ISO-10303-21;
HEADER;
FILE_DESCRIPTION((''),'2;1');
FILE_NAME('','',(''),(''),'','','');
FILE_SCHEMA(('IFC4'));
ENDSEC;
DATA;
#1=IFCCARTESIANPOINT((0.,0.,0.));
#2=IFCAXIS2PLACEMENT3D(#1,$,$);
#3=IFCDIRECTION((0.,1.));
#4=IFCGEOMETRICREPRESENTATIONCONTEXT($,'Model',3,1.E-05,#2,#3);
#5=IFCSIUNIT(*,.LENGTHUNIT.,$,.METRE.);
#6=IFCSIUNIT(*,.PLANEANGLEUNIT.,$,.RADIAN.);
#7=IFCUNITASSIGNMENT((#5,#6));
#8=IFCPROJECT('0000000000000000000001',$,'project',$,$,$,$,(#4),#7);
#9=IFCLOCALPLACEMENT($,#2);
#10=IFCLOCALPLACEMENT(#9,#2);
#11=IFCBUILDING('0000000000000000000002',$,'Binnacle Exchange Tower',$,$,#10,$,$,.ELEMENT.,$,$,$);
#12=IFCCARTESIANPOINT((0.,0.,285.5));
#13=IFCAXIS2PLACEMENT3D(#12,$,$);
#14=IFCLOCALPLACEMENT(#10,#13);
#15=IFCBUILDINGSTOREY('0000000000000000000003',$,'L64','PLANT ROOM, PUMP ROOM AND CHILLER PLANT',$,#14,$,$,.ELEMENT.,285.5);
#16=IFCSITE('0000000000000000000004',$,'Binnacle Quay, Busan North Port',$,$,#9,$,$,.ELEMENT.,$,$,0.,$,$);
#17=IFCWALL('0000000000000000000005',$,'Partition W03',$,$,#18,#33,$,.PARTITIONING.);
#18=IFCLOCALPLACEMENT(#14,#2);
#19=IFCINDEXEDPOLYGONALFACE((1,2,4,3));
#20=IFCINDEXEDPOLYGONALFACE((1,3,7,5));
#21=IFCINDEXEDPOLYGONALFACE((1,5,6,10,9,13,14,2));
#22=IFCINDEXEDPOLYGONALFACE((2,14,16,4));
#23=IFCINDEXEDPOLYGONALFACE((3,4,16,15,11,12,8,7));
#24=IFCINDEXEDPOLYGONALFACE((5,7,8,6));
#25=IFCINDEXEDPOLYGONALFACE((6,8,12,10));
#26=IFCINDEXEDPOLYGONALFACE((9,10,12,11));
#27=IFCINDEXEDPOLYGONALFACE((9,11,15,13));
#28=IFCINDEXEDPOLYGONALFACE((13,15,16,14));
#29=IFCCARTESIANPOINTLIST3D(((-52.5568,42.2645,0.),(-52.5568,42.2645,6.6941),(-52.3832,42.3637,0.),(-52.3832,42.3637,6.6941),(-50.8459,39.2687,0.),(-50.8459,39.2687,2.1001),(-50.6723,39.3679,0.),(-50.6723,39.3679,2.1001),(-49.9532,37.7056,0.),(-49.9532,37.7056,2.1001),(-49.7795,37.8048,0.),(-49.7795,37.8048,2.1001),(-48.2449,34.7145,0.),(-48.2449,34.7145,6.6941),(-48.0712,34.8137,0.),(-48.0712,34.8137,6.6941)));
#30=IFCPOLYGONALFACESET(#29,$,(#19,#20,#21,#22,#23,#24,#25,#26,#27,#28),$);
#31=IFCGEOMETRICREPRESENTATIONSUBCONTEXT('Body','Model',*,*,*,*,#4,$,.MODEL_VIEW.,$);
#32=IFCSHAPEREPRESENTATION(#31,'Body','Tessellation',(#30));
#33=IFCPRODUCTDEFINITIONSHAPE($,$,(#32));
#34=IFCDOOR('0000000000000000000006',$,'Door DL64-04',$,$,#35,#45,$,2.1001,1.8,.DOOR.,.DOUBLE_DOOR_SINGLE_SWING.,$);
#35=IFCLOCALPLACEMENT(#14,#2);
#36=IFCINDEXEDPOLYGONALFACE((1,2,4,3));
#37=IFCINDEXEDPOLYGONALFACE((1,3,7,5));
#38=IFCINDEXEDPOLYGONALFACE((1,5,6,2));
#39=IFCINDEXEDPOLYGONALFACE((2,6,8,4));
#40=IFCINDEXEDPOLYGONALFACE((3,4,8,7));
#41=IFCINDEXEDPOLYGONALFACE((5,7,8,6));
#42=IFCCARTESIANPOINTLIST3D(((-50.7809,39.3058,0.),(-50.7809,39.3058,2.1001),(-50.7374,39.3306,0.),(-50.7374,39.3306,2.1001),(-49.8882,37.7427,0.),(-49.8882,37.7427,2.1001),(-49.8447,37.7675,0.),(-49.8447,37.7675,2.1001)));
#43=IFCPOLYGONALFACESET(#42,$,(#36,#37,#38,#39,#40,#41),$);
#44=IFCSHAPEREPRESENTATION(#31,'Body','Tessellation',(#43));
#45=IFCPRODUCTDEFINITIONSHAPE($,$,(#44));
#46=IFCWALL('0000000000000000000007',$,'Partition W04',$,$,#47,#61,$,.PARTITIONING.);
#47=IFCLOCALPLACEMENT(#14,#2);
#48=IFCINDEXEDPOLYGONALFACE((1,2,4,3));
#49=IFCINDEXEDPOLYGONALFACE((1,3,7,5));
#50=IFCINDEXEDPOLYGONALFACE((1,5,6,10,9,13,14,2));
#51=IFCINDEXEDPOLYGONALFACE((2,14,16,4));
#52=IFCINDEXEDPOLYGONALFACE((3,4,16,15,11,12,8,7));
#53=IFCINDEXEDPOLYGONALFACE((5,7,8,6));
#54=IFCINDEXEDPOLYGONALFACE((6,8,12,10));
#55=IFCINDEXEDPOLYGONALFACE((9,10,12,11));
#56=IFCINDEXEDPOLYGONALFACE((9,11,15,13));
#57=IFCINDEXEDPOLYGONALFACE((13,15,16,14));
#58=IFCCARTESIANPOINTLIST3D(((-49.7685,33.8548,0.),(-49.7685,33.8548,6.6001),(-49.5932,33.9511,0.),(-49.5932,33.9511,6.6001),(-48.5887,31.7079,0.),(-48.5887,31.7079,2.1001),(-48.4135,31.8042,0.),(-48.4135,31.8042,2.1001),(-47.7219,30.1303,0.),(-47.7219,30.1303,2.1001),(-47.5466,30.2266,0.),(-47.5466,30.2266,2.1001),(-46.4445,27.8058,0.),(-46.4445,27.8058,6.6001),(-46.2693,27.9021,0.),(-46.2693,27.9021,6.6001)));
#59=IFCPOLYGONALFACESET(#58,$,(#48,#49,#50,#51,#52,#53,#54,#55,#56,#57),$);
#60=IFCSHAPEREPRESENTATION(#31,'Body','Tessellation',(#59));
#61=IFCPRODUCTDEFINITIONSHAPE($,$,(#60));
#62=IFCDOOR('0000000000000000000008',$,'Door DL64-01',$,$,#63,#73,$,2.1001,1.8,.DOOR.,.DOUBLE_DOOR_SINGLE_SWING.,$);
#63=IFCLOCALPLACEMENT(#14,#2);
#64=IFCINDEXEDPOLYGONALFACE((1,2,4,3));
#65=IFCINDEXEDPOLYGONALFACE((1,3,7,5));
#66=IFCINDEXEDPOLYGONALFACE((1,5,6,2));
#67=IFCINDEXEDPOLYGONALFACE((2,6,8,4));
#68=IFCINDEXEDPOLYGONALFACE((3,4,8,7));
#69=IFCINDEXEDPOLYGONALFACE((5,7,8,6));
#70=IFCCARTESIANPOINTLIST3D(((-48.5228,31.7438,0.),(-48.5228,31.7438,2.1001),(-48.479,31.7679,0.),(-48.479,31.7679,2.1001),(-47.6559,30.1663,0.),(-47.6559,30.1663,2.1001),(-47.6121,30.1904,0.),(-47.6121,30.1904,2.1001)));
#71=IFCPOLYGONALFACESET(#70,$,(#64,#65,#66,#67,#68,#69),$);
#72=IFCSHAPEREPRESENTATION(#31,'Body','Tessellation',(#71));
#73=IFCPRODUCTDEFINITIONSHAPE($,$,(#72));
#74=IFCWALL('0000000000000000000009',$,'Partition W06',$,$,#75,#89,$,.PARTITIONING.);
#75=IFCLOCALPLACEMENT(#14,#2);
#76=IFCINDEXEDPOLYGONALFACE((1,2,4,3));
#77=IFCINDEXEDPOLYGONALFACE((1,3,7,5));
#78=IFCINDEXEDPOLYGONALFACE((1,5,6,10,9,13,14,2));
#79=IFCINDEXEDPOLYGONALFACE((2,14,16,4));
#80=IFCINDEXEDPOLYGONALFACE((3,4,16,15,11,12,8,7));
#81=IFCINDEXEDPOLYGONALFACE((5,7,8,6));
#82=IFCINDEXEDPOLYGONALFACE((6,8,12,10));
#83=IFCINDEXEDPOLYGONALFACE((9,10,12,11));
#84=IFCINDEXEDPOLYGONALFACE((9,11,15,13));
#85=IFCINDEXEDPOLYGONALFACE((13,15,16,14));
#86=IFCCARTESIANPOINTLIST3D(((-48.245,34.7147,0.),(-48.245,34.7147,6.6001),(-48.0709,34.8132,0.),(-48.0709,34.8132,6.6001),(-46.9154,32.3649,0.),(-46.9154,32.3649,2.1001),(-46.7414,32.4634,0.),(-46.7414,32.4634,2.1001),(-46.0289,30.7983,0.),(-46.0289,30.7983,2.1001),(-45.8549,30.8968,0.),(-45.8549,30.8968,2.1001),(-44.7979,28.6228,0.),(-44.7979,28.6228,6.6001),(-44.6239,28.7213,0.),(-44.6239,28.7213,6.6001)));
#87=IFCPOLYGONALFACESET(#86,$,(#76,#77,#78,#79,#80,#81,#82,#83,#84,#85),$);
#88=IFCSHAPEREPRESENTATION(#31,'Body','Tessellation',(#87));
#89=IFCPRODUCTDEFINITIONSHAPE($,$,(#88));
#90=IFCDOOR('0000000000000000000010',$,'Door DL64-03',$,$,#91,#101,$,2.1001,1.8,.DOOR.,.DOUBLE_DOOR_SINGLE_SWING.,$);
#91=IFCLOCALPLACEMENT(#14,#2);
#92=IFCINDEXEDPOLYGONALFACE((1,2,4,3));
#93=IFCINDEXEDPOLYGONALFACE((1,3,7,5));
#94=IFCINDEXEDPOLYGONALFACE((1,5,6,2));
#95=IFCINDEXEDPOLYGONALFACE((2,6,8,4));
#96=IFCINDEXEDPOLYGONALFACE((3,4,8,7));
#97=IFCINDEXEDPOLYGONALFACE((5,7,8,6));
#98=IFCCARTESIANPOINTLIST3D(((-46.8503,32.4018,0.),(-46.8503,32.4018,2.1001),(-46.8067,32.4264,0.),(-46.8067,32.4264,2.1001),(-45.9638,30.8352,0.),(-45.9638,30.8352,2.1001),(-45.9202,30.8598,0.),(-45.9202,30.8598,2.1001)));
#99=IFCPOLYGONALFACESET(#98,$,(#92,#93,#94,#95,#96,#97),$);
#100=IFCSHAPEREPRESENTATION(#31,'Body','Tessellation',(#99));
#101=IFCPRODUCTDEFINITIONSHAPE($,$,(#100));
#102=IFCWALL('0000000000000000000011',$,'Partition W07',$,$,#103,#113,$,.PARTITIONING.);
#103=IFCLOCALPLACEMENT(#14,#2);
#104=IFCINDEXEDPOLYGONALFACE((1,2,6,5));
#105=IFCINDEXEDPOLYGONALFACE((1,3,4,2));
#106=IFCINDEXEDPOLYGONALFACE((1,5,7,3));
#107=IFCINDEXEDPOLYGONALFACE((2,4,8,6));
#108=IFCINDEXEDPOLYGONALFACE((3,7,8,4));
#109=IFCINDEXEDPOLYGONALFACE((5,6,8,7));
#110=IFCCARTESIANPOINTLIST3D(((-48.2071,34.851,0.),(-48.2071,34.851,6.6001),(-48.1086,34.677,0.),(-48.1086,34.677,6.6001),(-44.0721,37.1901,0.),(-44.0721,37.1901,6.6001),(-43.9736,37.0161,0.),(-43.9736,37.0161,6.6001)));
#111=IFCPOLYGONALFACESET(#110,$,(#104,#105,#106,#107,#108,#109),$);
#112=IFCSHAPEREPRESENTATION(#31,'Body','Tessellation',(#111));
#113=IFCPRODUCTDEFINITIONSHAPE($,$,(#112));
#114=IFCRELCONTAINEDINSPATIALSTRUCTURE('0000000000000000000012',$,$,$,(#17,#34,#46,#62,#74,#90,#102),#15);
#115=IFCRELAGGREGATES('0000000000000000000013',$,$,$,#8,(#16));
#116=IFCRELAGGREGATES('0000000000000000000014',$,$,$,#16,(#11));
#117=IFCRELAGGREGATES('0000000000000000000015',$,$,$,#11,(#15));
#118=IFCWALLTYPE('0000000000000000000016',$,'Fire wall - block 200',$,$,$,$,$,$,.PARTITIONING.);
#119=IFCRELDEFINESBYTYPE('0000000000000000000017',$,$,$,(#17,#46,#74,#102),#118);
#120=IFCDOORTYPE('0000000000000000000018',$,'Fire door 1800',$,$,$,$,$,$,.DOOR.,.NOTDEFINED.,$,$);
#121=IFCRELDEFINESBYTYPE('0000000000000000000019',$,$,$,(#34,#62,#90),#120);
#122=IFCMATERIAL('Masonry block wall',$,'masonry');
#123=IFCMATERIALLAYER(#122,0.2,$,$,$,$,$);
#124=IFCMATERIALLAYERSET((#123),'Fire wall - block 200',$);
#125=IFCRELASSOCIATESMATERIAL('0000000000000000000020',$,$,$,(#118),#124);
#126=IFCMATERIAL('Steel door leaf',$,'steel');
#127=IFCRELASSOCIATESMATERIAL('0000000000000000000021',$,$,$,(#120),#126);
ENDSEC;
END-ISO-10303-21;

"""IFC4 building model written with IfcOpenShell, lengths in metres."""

from ifc_helpers import new_model, si_unit, direction, frame, frame_2d, origin, place, context, subcontext, project, spatial, rectangle, extrude, material, layer, layer_set, type_object, element, fill, save


model = new_model("IFC4")

# Units and contexts
model_context = context("Model", 3, precision=1e-05, world=origin(), true_north=direction((0.0, 1.0)))
body_context = subcontext(model_context, "Body", "Model", "MODEL_VIEW")
ifc_project = project(units=[si_unit("LENGTHUNIT", "METRE"), si_unit("PLANEANGLEUNIT", "RADIAN")], contexts=[model_context])

# Site, building, storey
site_placement = place(None, origin())
site = spatial("IfcSite", under=ifc_project, at=site_placement, Name="Binnacle Quay, Busan North Port", CompositionType="ELEMENT", RefElevation=0.0)
building_placement = place(site_placement, origin())
building = spatial("IfcBuilding", under=site, at=building_placement, Name="Binnacle Exchange Tower", CompositionType="ELEMENT")
storey_placement = place(building_placement, frame((0.0, 0.0, 285.5)))
storey = spatial("IfcBuildingStorey", under=building, at=storey_placement, Name="L64", Description="PLANT ROOM, PUMP ROOM AND CHILLER PLANT", CompositionType="ELEMENT", Elevation=285.5)

# Shared definitions
ifc_material_1 = material(Name="Masonry block wall", Category="masonry")
ifc_layer_1 = layer(ifc_material_1, 0.2)
ifc_layer_set_1 = layer_set([ifc_layer_1], Name="Fire wall - block 200")
wall_type_1 = type_object("IfcWallType", Name="Fire wall - block 200", PredefinedType="PARTITIONING", material=ifc_layer_set_1)
ifc_material_2 = material(Name="Steel door leaf", Category="steel")
door_type = type_object("IfcDoorType", Name="Fire door 1800", OperationType="NOTDEFINED", PredefinedType="DOOR", material=ifc_material_2)

# Walls, openings, doors
wall_1_placement = place(storey_placement, frame((-52.47, 42.314, 0.0), z_axis=(0.0, 0.0, 1.0), x_axis=(0.495939, -0.868357, 0.0)))
wall_1 = element("IfcWall", 1, at=wall_1_placement, inside=storey, type_object=wall_type_1, Name="Partition W03", PredefinedType="PARTITIONING", context=body_context, shape_type="SweptSolid", body=[
    extrude(rectangle(XDim=8.6946, YDim=0.2, at=frame_2d((4.3472, 0.0))), origin(), (0.0, 0.0, 1.0), 6.6941),
])
opening_1_placement = place(wall_1_placement, frame((3.45, 0.0, 0.0)))
opening_1 = element("IfcOpeningElement", 2, at=opening_1_placement, cuts=wall_1, PredefinedType="OPENING", context=body_context, shape_type="SweptSolid", body=[
    extrude(rectangle(XDim=1.8, YDim=2.1001, at=frame_2d((0.8999, 1.05))), frame((0.0, 0.1099, 0.0), z_axis=(0.0, -1.0, 0.0), x_axis=(1.0, 0.0, 0.0)), (0.0, 0.0, 1.0), 0.22),
])
door_1_placement = place(opening_1_placement, origin())
door_1 = element("IfcDoor", 3, at=door_1_placement, inside=storey, type_object=door_type, Name="Door DL64-04", OperationType="DOUBLE_DOOR_SINGLE_SWING", OverallHeight=2.1001, OverallWidth=1.8, PredefinedType="DOOR", context=body_context, shape_type="SweptSolid", body=[
    extrude(rectangle(XDim=1.8, YDim=2.1001, at=frame_2d((0.8999, 1.05))), frame((0.0, 0.0249, 0.0), z_axis=(0.0, -1.0, 0.0), x_axis=(1.0, 0.0, 0.0)), (0.0, 0.0, 1.0), 0.05),
])
fill(opening_1, door_1)
wall_2_placement = place(storey_placement, frame((-49.6809, 33.9031, 0.0), z_axis=(0.0, 0.0, 1.0), x_axis=(0.481583, -0.8764, 0.0)))
wall_2 = element("IfcWall", 4, at=wall_2_placement, inside=storey, type_object=wall_type_1, Name="Partition W04", PredefinedType="PARTITIONING", context=body_context, shape_type="SweptSolid", body=[
    extrude(rectangle(XDim=6.9021, YDim=0.2, at=frame_2d((3.4512, 0.0))), origin(), (0.0, 0.0, 1.0), 6.6001),
])
opening_2_placement = place(wall_2_placement, frame((2.45, 0.0, 0.0)))
opening_2 = element("IfcOpeningElement", 5, at=opening_2_placement, cuts=wall_2, PredefinedType="OPENING", context=body_context, shape_type="SweptSolid", body=[
    extrude(rectangle(XDim=1.8, YDim=2.1001, at=frame_2d((0.8999, 1.05))), frame((0.0, 0.1099, 0.0), z_axis=(0.0, -1.0, 0.0), x_axis=(1.0, 0.0, 0.0)), (0.0, 0.0, 1.0), 0.22),
])
door_2_placement = place(opening_2_placement, frame((1.8, 0.0, 0.0), z_axis=(0.0, 0.0, 1.0), x_axis=(-1.0, 0.0, 0.0)))
door_2 = element("IfcDoor", 6, at=door_2_placement, inside=storey, type_object=door_type, Name="Door DL64-01", OperationType="DOUBLE_DOOR_SINGLE_SWING", OverallHeight=2.1001, OverallWidth=1.8, PredefinedType="DOOR", context=body_context, shape_type="SweptSolid", body=[
    extrude(rectangle(XDim=1.8, YDim=2.1001, at=frame_2d((0.8999, 1.05))), frame((0.0, 0.0249, 0.0), z_axis=(0.0, -1.0, 0.0), x_axis=(1.0, 0.0, 0.0)), (0.0, 0.0, 1.0), 0.05),
])
fill(opening_2, door_2)
wall_3_placement = place(storey_placement, frame((-48.158, 34.7639, 0.0), z_axis=(0.0, 0.0, 1.0), x_axis=(0.492472, -0.870328, 0.0)))
wall_3 = element("IfcWall", 7, at=wall_3_placement, inside=storey, type_object=wall_type_1, Name="Partition W06", PredefinedType="PARTITIONING", context=body_context, shape_type="SweptSolid", body=[
    extrude(rectangle(XDim=6.9995, YDim=0.2, at=frame_2d((3.4998, 0.0))), origin(), (0.0, 0.0, 1.0), 6.6001),
])
opening_3_placement = place(wall_3_placement, frame((2.7, 0.0, 0.0)))
opening_3 = element("IfcOpeningElement", 8, at=opening_3_placement, cuts=wall_3, PredefinedType="OPENING", context=body_context, shape_type="SweptSolid", body=[
    extrude(rectangle(XDim=1.8, YDim=2.1001, at=frame_2d((0.8999, 1.05))), frame((0.0, 0.1099, 0.0), z_axis=(0.0, -1.0, 0.0), x_axis=(1.0, 0.0, 0.0)), (0.0, 0.0, 1.0), 0.22),
])
door_3_placement = place(opening_3_placement, origin())
door_3 = element("IfcDoor", 9, at=door_3_placement, inside=storey, type_object=door_type, Name="Door DL64-03", OperationType="DOUBLE_DOOR_SINGLE_SWING", OverallHeight=2.1001, OverallWidth=1.8, PredefinedType="DOOR", context=body_context, shape_type="SweptSolid", body=[
    extrude(rectangle(XDim=1.8, YDim=2.1001, at=frame_2d((0.8999, 1.05))), frame((0.0, 0.0249, 0.0), z_axis=(0.0, -1.0, 0.0), x_axis=(1.0, 0.0, 0.0)), (0.0, 0.0, 1.0), 0.05),
])
fill(opening_3, door_3)

# Wall
wall_4_placement = place(storey_placement, frame((-48.158, 34.7639, 0.0), z_axis=(0.0, 0.0, 1.0), x_axis=(0.870389, 0.492365, 0.0)))
element("IfcWall", 10, at=wall_4_placement, inside=storey, type_object=wall_type_1, Name="Partition W07", PredefinedType="PARTITIONING", context=body_context, shape_type="SweptSolid", body=[
    extrude(rectangle(XDim=4.7507, YDim=0.2, at=frame_2d((2.3755, 0.0))), origin(), (0.0, 0.0, 1.0), 6.6001),
])

save(model, "model.ifc")
